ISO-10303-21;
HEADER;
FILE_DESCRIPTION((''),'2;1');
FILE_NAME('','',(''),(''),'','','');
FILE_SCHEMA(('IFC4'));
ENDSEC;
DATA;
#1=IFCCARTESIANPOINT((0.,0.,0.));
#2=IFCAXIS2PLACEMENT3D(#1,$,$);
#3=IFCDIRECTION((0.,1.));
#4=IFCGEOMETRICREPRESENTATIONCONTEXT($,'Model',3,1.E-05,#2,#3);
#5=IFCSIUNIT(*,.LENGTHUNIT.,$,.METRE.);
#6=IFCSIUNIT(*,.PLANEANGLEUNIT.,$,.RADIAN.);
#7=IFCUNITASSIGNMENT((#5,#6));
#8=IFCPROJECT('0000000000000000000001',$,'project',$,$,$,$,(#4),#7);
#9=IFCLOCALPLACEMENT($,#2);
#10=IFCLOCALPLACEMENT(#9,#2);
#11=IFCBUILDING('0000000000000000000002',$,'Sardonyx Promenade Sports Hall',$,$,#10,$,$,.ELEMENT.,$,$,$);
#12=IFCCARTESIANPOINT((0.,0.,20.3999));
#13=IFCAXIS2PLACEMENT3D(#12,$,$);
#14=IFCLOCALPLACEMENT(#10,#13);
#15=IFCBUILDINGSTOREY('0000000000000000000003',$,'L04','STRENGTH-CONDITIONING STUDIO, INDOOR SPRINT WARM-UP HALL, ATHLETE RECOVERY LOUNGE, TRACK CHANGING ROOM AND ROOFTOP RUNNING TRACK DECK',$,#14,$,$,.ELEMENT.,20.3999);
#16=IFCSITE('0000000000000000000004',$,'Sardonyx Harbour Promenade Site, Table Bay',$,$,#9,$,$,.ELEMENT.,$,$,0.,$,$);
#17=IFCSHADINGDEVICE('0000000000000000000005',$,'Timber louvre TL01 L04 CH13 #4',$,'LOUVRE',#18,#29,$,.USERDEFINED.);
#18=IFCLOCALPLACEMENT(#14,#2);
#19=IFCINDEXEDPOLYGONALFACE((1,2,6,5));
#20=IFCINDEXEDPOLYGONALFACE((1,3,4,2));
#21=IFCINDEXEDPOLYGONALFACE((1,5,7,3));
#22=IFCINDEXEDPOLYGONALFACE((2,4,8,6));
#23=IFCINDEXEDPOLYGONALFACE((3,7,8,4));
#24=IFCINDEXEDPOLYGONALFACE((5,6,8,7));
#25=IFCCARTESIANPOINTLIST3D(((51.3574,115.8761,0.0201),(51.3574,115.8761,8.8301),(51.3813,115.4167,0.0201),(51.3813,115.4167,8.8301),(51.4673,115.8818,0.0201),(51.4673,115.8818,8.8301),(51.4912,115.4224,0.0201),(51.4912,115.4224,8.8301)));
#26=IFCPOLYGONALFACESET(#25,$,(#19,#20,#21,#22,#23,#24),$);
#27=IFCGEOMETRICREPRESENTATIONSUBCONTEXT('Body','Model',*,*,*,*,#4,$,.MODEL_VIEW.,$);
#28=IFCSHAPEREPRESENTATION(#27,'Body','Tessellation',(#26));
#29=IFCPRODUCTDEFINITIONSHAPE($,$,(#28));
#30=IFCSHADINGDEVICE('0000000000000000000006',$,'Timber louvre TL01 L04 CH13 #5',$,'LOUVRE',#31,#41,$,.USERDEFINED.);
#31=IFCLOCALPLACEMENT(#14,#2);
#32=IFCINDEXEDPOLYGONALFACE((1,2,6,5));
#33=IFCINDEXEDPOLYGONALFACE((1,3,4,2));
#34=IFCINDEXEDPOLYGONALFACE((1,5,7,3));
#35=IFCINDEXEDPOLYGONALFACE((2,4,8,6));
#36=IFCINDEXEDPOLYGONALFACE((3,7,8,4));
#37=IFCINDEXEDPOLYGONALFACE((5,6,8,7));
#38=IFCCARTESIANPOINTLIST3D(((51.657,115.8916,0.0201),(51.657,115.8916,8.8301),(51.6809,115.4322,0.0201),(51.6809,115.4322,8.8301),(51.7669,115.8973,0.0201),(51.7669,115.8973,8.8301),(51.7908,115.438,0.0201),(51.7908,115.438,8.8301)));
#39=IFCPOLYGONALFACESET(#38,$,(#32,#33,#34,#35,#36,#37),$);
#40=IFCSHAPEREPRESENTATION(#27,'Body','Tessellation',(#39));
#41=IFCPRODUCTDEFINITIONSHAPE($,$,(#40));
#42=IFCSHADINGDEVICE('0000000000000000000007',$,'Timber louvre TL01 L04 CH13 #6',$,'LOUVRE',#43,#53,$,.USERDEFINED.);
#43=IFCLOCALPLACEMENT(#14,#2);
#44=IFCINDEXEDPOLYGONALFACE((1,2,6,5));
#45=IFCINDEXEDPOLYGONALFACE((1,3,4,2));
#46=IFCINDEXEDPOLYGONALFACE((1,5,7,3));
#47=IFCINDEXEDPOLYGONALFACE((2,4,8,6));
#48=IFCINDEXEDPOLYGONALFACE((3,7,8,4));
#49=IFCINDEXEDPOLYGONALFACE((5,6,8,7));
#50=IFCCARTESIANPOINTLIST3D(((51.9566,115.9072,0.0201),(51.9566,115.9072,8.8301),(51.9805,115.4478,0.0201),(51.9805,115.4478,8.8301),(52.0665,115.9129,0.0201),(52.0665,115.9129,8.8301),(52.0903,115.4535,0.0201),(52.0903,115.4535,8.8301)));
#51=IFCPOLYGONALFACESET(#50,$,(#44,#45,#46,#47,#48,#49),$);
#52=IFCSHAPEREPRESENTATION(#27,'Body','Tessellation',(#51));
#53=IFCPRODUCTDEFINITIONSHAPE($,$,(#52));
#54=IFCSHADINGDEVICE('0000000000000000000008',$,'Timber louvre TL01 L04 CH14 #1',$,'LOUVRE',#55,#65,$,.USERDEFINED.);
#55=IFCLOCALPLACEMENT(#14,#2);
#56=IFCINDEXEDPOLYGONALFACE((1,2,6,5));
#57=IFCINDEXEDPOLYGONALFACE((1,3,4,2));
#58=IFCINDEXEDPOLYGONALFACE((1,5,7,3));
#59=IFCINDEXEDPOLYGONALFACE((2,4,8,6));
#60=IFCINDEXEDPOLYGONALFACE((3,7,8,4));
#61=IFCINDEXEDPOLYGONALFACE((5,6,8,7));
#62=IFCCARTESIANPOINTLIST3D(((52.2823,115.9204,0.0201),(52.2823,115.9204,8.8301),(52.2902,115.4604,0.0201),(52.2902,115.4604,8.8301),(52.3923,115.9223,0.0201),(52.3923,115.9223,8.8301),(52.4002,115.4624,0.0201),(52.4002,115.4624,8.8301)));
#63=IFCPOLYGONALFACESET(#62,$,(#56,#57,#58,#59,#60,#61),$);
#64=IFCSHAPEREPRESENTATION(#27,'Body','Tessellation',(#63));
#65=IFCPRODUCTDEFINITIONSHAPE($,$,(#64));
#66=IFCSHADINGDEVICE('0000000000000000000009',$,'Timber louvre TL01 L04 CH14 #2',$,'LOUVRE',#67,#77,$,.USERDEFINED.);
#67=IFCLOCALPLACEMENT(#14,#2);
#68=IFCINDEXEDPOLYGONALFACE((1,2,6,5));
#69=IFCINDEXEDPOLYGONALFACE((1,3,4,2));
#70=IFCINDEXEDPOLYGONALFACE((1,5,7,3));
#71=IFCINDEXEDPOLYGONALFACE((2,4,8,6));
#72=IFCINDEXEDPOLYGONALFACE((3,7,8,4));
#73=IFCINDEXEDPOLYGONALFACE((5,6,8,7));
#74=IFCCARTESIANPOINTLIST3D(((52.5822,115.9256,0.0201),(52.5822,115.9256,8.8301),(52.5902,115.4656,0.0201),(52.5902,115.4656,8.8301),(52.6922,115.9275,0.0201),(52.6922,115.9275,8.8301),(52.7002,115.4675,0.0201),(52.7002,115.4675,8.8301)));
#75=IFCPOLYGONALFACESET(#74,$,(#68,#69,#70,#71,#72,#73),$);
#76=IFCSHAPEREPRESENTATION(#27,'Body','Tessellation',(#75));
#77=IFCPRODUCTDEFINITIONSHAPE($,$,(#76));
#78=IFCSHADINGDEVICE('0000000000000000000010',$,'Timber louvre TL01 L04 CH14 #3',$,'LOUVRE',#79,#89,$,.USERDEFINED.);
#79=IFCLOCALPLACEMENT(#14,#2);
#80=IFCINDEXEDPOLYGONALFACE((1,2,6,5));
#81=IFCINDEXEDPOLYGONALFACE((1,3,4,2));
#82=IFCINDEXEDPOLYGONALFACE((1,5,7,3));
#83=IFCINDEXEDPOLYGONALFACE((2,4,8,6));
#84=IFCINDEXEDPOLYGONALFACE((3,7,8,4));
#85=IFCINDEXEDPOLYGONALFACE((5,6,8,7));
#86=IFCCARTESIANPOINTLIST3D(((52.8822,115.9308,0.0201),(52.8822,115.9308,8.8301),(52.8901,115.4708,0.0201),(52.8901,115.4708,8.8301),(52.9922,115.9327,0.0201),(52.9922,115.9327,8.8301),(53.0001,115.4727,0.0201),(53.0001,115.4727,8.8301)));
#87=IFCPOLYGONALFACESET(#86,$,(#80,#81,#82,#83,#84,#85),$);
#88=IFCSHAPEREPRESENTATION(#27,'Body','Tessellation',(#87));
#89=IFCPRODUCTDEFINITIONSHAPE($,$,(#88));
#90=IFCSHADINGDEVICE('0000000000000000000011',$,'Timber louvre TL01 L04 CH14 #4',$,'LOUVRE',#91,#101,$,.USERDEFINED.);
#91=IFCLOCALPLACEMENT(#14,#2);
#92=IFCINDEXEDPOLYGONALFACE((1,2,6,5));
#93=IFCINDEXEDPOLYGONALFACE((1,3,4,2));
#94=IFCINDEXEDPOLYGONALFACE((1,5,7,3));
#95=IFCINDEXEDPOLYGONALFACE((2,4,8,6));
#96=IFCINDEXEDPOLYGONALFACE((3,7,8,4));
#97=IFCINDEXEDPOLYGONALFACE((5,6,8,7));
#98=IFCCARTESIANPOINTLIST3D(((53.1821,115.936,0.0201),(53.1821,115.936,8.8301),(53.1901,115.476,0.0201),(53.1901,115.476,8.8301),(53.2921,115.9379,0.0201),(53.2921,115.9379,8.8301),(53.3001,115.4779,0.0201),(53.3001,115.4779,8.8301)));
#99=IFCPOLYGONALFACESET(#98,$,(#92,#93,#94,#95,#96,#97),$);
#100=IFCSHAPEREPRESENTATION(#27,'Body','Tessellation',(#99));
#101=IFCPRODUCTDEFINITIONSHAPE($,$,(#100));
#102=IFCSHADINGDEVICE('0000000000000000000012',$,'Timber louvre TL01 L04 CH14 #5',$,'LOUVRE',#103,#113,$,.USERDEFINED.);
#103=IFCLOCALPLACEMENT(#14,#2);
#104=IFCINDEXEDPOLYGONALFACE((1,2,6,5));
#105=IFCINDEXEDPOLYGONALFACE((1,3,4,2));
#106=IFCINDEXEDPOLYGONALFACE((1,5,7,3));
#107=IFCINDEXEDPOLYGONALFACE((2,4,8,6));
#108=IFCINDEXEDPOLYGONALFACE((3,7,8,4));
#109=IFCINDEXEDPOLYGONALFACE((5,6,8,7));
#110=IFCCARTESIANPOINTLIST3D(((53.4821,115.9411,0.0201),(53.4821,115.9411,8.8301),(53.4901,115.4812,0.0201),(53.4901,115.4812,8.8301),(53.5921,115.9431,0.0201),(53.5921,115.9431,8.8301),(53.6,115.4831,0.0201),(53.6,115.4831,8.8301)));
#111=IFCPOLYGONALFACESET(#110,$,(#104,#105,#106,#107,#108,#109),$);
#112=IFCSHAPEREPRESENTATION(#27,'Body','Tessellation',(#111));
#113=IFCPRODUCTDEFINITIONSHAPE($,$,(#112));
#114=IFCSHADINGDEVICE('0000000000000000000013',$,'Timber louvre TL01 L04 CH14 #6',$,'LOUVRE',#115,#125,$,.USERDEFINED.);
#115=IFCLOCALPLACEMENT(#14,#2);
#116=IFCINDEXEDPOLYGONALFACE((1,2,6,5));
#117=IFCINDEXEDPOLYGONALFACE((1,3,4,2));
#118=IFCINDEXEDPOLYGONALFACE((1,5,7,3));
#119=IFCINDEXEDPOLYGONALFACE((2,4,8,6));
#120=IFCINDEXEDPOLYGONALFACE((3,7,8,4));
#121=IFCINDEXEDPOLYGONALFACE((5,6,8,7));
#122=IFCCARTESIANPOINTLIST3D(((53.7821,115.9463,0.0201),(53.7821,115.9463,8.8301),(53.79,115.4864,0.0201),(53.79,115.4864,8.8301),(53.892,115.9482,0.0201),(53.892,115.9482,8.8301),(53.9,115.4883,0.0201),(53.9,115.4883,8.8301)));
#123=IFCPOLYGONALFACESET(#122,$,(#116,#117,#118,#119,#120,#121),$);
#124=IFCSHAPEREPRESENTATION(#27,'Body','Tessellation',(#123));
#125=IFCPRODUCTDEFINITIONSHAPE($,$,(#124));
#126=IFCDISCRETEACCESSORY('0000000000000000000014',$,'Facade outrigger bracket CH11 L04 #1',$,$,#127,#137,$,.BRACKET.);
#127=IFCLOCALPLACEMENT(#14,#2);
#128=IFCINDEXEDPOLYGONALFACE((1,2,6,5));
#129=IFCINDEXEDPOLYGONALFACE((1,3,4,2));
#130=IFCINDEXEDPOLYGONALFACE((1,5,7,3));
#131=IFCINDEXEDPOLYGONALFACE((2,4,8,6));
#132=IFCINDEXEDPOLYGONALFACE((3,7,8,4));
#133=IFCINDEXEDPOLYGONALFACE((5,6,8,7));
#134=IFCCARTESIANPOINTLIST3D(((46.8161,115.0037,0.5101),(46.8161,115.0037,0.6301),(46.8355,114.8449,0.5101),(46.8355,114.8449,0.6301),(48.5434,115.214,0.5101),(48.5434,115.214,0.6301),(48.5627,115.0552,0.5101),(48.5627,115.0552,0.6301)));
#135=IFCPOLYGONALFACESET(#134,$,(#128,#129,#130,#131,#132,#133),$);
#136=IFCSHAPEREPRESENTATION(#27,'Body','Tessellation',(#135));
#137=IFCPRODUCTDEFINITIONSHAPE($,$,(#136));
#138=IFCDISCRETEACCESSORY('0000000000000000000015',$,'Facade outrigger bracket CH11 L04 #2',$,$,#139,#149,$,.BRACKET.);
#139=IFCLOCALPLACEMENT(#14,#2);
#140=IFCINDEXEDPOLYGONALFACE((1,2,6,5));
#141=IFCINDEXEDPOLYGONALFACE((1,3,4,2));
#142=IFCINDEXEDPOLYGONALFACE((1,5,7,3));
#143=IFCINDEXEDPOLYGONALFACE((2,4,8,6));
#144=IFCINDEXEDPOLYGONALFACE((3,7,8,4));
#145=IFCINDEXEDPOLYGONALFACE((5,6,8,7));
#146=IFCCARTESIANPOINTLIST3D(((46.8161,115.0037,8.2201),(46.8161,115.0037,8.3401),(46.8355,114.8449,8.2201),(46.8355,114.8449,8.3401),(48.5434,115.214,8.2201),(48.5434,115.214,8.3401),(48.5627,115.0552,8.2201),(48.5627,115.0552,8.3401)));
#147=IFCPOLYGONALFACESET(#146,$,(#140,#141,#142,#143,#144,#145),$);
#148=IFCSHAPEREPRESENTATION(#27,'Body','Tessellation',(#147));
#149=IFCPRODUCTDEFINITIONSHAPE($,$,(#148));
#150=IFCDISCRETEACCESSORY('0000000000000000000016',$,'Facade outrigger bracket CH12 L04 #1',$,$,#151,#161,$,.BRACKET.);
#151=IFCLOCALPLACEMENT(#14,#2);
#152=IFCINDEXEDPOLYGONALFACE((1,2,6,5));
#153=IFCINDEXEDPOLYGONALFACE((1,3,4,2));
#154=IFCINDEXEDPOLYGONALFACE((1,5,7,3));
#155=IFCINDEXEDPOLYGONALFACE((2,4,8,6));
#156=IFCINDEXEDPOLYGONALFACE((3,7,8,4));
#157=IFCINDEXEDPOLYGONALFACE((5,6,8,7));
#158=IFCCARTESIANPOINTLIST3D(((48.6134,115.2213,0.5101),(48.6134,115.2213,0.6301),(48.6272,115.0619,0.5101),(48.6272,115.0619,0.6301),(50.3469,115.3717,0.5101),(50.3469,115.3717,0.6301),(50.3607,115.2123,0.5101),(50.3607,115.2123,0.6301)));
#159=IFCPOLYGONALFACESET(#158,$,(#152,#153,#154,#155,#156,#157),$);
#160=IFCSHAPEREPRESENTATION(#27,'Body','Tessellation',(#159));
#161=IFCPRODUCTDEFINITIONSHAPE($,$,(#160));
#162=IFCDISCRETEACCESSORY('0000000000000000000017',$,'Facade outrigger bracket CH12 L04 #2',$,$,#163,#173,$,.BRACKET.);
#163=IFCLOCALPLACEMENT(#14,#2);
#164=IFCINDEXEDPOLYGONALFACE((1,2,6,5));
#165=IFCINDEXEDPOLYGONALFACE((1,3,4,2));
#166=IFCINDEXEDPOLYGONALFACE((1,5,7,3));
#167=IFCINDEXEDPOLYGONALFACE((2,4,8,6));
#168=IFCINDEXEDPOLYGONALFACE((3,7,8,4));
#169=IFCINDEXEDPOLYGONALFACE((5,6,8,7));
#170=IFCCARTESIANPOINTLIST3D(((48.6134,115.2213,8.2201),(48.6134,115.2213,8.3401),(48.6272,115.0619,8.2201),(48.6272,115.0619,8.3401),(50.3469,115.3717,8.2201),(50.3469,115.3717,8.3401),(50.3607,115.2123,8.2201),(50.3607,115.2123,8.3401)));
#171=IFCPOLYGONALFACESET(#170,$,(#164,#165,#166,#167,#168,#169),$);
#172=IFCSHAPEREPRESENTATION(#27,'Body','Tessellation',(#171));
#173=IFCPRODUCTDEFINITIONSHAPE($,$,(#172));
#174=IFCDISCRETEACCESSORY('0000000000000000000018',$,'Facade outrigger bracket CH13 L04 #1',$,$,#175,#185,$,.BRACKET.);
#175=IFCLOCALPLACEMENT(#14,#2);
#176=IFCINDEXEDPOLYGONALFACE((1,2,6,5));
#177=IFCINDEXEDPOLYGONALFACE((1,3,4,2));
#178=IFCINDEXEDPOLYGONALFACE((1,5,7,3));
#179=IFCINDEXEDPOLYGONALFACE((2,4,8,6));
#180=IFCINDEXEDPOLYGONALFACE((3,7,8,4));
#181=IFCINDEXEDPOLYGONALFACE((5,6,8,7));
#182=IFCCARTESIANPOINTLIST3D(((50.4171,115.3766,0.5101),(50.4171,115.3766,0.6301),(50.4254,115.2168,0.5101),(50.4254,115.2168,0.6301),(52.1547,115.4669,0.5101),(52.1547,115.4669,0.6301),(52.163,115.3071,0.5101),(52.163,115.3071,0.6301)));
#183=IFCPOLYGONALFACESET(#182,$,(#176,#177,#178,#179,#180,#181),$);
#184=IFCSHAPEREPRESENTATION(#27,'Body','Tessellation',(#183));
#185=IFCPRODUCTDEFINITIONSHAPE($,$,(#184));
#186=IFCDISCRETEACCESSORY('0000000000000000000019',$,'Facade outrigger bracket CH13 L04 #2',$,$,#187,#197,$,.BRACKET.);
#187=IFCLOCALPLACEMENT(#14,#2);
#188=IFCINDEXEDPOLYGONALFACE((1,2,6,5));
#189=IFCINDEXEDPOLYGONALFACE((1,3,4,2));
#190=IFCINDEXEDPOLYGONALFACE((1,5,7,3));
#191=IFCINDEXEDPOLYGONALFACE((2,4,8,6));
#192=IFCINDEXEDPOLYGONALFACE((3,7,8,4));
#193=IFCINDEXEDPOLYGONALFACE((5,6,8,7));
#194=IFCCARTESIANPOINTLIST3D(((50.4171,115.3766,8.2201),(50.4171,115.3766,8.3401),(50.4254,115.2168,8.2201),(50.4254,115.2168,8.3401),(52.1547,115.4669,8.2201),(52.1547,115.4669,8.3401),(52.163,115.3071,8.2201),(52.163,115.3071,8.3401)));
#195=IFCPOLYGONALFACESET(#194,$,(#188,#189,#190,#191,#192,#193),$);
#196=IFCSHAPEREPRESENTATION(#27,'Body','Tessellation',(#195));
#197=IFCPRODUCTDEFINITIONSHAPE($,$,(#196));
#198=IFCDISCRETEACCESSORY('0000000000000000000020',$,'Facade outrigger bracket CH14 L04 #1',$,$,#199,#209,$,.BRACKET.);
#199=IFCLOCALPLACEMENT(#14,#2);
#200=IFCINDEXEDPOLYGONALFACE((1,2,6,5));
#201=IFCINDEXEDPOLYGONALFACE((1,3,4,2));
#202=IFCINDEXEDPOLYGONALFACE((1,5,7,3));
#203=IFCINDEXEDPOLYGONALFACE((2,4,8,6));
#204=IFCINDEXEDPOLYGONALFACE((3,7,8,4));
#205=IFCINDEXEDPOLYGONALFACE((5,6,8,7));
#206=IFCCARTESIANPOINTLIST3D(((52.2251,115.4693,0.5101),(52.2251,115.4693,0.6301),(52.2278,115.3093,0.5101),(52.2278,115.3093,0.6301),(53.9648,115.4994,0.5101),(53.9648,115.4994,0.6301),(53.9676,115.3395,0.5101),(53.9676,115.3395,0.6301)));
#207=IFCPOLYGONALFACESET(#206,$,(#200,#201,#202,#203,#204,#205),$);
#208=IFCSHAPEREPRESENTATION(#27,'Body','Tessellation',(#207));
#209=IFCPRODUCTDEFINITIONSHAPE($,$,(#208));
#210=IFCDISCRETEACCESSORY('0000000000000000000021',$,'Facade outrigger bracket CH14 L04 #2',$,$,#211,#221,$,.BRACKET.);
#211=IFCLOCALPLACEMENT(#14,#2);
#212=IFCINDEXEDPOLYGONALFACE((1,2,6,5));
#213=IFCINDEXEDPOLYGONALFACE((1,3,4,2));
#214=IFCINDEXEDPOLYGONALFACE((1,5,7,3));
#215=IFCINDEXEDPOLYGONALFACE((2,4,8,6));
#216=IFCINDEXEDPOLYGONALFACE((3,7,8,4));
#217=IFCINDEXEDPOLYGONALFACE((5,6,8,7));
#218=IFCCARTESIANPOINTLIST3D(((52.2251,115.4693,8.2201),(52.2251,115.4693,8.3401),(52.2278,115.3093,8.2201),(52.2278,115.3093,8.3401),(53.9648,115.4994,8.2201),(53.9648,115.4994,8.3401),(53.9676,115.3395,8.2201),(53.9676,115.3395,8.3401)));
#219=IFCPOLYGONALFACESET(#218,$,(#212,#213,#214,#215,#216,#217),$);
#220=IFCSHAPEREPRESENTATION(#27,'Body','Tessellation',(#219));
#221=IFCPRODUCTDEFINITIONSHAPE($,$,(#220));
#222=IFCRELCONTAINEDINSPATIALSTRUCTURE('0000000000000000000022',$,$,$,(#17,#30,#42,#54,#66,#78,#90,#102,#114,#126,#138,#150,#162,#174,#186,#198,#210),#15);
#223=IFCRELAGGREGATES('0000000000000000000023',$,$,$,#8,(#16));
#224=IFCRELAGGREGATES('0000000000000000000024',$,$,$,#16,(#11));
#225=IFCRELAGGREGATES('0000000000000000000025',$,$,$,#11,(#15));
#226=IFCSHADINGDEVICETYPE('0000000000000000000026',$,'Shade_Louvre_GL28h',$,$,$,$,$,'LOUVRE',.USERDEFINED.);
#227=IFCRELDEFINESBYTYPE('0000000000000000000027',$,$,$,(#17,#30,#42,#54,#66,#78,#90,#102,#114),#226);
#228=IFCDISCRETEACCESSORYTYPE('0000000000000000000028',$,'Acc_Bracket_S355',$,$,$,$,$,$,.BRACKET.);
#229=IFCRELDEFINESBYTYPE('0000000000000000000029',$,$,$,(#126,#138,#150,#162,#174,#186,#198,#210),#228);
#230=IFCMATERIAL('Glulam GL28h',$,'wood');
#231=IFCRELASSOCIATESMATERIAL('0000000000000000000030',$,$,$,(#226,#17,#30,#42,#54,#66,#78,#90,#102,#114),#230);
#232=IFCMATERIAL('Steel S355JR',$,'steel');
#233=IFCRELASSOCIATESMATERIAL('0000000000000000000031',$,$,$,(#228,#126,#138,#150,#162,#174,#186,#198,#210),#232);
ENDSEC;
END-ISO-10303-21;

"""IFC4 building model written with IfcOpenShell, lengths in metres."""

from ifc_helpers import new_model, si_unit, direction, frame, origin, place, context, subcontext, project, spatial, rectangle, extrude, material, type_object, element, save


model = new_model("IFC4")

# Units and contexts
model_context = context("Model", 3, precision=1e-05, world=origin(), true_north=direction((0.0, 1.0)))
body_context = subcontext(model_context, "Body", "Model", "MODEL_VIEW")
ifc_project = project(units=[si_unit("LENGTHUNIT", "METRE"), si_unit("PLANEANGLEUNIT", "RADIAN")], contexts=[model_context])

# Site, building, storey
site_placement = place(None, origin())
site = spatial("IfcSite", under=ifc_project, at=site_placement, Name="Sardonyx Harbour Promenade Site, Table Bay", CompositionType="ELEMENT", RefElevation=0.0)
building_placement = place(site_placement, origin())
building = spatial("IfcBuilding", under=site, at=building_placement, Name="Sardonyx Promenade Sports Hall", CompositionType="ELEMENT")
storey_placement = place(building_placement, frame((0.0, 0.0, 20.3999)))
storey = spatial("IfcBuildingStorey", under=building, at=storey_placement, Name="L04", Description="STRENGTH-CONDITIONING STUDIO, INDOOR SPRINT WARM-UP HALL, ATHLETE RECOVERY LOUNGE, TRACK CHANGING ROOM AND ROOFTOP RUNNING TRACK DECK", CompositionType="ELEMENT", Elevation=20.3999)

# Shading devices
ifc_material_1 = material(Name="Glulam GL28h", Category="wood")
shading_device_type = type_object("IfcShadingDeviceType", Name="Shade_Louvre_GL28h", ElementType="LOUVRE", PredefinedType="USERDEFINED", material=ifc_material_1)
for number, where, z_axis, x_axis, name in (
    (1, (51.4243, 115.6492, 0.0201), (0.0, 0.0, 1.0), (0.998652, 0.051902, 0.0), "Timber louvre TL01 L04 CH13 #4"),
    (2, (51.7239, 115.6648, 0.0201), (0.0, 0.0, 1.0), (0.998652, 0.051902, 0.0), "Timber louvre TL01 L04 CH13 #5"),
    (3, (52.0235, 115.6804, 0.0201), (0.0, 0.0, 1.0), (0.998652, 0.051902, 0.0), "Timber louvre TL01 L04 CH13 #6"),
    (4, (52.3412, 115.6914, 0.0201), (0.0, 0.0, 1.0), (0.99985, 0.017308, 0.0), "Timber louvre TL01 L04 CH14 #1"),
    (5, (52.6412, 115.6966, 0.0201), (0.0, 0.0, 1.0), (0.99985, 0.017308, 0.0), "Timber louvre TL01 L04 CH14 #2"),
    (6, (52.9412, 115.7017, 0.0201), (0.0, 0.0, 1.0), (0.99985, 0.017308, 0.0), "Timber louvre TL01 L04 CH14 #3"),
    (7, (53.2411, 115.7069, 0.0201), (0.0, 0.0, 1.0), (0.99985, 0.017308, 0.0), "Timber louvre TL01 L04 CH14 #4"),
    (8, (53.5411, 115.7121, 0.0201), (0.0, 0.0, 1.0), (0.99985, 0.017308, 0.0), "Timber louvre TL01 L04 CH14 #5"),
    (9, (53.841, 115.7173, 0.0201), (0.0, 0.0, 1.0), (0.99985, 0.017308, 0.0), "Timber louvre TL01 L04 CH14 #6"),
):
    element("IfcShadingDevice", number, at=place(storey_placement, frame(where, z_axis=z_axis, x_axis=x_axis)), inside=storey, type_object=shading_device_type, material=ifc_material_1, Name=name, ObjectType="LOUVRE", PredefinedType="USERDEFINED", context=body_context, shape_type="SweptSolid", body=[
        extrude(rectangle(XDim=0.11, YDim=0.46), origin(), (0.0, 0.0, 1.0), 8.81),
    ])

# Discrete accessories
ifc_material_2 = material(Name="Steel S355JR", Category="steel")
discrete_accessory_type = type_object("IfcDiscreteAccessoryType", Name="Acc_Bracket_S355", PredefinedType="BRACKET", material=ifc_material_2)
for number, where, z_axis, x_axis, name in (
    (10, (47.6894, 115.0294, 0.5101), (0.0, 0.0, 1.0), (0.992669, 0.120863, 0.0), "Facade outrigger bracket CH11 L04 #1"),
    (11, (47.6894, 115.0294, 8.2201), (0.0, 0.0, 1.0), (0.992669, 0.120863, 0.0), "Facade outrigger bracket CH11 L04 #2"),
    (12, (49.487, 115.2168, 0.5101), (0.0, 0.0, 1.0), (0.996258, 0.086434, 0.0), "Facade outrigger bracket CH12 L04 #1"),
    (13, (49.487, 115.2168, 8.2201), (0.0, 0.0, 1.0), (0.996258, 0.086434, 0.0), "Facade outrigger bracket CH12 L04 #2"),
    (14, (51.2901, 115.3418, 0.5101), (0.0, 0.0, 1.0), (0.998652, 0.051902, 0.0), "Facade outrigger bracket CH13 L04 #1"),
    (15, (51.2901, 115.3418, 8.2201), (0.0, 0.0, 1.0), (0.998652, 0.051902, 0.0), "Facade outrigger bracket CH13 L04 #2"),
    (16, (53.0963, 115.4044, 0.5101), (0.0, 0.0, 1.0), (0.99985, 0.017308, 0.0), "Facade outrigger bracket CH14 L04 #1"),
    (17, (53.0963, 115.4044, 8.2201), (0.0, 0.0, 1.0), (0.99985, 0.017308, 0.0), "Facade outrigger bracket CH14 L04 #2"),
):
    element("IfcDiscreteAccessory", number, at=place(storey_placement, frame(where, z_axis=z_axis, x_axis=x_axis)), inside=storey, type_object=discrete_accessory_type, material=ifc_material_2, Name=name, PredefinedType="BRACKET", context=body_context, shape_type="SweptSolid", body=[
        extrude(rectangle(XDim=1.74, YDim=0.16), origin(), (0.0, 0.0, 1.0), 0.12),
    ])

save(model, "model.ifc")
